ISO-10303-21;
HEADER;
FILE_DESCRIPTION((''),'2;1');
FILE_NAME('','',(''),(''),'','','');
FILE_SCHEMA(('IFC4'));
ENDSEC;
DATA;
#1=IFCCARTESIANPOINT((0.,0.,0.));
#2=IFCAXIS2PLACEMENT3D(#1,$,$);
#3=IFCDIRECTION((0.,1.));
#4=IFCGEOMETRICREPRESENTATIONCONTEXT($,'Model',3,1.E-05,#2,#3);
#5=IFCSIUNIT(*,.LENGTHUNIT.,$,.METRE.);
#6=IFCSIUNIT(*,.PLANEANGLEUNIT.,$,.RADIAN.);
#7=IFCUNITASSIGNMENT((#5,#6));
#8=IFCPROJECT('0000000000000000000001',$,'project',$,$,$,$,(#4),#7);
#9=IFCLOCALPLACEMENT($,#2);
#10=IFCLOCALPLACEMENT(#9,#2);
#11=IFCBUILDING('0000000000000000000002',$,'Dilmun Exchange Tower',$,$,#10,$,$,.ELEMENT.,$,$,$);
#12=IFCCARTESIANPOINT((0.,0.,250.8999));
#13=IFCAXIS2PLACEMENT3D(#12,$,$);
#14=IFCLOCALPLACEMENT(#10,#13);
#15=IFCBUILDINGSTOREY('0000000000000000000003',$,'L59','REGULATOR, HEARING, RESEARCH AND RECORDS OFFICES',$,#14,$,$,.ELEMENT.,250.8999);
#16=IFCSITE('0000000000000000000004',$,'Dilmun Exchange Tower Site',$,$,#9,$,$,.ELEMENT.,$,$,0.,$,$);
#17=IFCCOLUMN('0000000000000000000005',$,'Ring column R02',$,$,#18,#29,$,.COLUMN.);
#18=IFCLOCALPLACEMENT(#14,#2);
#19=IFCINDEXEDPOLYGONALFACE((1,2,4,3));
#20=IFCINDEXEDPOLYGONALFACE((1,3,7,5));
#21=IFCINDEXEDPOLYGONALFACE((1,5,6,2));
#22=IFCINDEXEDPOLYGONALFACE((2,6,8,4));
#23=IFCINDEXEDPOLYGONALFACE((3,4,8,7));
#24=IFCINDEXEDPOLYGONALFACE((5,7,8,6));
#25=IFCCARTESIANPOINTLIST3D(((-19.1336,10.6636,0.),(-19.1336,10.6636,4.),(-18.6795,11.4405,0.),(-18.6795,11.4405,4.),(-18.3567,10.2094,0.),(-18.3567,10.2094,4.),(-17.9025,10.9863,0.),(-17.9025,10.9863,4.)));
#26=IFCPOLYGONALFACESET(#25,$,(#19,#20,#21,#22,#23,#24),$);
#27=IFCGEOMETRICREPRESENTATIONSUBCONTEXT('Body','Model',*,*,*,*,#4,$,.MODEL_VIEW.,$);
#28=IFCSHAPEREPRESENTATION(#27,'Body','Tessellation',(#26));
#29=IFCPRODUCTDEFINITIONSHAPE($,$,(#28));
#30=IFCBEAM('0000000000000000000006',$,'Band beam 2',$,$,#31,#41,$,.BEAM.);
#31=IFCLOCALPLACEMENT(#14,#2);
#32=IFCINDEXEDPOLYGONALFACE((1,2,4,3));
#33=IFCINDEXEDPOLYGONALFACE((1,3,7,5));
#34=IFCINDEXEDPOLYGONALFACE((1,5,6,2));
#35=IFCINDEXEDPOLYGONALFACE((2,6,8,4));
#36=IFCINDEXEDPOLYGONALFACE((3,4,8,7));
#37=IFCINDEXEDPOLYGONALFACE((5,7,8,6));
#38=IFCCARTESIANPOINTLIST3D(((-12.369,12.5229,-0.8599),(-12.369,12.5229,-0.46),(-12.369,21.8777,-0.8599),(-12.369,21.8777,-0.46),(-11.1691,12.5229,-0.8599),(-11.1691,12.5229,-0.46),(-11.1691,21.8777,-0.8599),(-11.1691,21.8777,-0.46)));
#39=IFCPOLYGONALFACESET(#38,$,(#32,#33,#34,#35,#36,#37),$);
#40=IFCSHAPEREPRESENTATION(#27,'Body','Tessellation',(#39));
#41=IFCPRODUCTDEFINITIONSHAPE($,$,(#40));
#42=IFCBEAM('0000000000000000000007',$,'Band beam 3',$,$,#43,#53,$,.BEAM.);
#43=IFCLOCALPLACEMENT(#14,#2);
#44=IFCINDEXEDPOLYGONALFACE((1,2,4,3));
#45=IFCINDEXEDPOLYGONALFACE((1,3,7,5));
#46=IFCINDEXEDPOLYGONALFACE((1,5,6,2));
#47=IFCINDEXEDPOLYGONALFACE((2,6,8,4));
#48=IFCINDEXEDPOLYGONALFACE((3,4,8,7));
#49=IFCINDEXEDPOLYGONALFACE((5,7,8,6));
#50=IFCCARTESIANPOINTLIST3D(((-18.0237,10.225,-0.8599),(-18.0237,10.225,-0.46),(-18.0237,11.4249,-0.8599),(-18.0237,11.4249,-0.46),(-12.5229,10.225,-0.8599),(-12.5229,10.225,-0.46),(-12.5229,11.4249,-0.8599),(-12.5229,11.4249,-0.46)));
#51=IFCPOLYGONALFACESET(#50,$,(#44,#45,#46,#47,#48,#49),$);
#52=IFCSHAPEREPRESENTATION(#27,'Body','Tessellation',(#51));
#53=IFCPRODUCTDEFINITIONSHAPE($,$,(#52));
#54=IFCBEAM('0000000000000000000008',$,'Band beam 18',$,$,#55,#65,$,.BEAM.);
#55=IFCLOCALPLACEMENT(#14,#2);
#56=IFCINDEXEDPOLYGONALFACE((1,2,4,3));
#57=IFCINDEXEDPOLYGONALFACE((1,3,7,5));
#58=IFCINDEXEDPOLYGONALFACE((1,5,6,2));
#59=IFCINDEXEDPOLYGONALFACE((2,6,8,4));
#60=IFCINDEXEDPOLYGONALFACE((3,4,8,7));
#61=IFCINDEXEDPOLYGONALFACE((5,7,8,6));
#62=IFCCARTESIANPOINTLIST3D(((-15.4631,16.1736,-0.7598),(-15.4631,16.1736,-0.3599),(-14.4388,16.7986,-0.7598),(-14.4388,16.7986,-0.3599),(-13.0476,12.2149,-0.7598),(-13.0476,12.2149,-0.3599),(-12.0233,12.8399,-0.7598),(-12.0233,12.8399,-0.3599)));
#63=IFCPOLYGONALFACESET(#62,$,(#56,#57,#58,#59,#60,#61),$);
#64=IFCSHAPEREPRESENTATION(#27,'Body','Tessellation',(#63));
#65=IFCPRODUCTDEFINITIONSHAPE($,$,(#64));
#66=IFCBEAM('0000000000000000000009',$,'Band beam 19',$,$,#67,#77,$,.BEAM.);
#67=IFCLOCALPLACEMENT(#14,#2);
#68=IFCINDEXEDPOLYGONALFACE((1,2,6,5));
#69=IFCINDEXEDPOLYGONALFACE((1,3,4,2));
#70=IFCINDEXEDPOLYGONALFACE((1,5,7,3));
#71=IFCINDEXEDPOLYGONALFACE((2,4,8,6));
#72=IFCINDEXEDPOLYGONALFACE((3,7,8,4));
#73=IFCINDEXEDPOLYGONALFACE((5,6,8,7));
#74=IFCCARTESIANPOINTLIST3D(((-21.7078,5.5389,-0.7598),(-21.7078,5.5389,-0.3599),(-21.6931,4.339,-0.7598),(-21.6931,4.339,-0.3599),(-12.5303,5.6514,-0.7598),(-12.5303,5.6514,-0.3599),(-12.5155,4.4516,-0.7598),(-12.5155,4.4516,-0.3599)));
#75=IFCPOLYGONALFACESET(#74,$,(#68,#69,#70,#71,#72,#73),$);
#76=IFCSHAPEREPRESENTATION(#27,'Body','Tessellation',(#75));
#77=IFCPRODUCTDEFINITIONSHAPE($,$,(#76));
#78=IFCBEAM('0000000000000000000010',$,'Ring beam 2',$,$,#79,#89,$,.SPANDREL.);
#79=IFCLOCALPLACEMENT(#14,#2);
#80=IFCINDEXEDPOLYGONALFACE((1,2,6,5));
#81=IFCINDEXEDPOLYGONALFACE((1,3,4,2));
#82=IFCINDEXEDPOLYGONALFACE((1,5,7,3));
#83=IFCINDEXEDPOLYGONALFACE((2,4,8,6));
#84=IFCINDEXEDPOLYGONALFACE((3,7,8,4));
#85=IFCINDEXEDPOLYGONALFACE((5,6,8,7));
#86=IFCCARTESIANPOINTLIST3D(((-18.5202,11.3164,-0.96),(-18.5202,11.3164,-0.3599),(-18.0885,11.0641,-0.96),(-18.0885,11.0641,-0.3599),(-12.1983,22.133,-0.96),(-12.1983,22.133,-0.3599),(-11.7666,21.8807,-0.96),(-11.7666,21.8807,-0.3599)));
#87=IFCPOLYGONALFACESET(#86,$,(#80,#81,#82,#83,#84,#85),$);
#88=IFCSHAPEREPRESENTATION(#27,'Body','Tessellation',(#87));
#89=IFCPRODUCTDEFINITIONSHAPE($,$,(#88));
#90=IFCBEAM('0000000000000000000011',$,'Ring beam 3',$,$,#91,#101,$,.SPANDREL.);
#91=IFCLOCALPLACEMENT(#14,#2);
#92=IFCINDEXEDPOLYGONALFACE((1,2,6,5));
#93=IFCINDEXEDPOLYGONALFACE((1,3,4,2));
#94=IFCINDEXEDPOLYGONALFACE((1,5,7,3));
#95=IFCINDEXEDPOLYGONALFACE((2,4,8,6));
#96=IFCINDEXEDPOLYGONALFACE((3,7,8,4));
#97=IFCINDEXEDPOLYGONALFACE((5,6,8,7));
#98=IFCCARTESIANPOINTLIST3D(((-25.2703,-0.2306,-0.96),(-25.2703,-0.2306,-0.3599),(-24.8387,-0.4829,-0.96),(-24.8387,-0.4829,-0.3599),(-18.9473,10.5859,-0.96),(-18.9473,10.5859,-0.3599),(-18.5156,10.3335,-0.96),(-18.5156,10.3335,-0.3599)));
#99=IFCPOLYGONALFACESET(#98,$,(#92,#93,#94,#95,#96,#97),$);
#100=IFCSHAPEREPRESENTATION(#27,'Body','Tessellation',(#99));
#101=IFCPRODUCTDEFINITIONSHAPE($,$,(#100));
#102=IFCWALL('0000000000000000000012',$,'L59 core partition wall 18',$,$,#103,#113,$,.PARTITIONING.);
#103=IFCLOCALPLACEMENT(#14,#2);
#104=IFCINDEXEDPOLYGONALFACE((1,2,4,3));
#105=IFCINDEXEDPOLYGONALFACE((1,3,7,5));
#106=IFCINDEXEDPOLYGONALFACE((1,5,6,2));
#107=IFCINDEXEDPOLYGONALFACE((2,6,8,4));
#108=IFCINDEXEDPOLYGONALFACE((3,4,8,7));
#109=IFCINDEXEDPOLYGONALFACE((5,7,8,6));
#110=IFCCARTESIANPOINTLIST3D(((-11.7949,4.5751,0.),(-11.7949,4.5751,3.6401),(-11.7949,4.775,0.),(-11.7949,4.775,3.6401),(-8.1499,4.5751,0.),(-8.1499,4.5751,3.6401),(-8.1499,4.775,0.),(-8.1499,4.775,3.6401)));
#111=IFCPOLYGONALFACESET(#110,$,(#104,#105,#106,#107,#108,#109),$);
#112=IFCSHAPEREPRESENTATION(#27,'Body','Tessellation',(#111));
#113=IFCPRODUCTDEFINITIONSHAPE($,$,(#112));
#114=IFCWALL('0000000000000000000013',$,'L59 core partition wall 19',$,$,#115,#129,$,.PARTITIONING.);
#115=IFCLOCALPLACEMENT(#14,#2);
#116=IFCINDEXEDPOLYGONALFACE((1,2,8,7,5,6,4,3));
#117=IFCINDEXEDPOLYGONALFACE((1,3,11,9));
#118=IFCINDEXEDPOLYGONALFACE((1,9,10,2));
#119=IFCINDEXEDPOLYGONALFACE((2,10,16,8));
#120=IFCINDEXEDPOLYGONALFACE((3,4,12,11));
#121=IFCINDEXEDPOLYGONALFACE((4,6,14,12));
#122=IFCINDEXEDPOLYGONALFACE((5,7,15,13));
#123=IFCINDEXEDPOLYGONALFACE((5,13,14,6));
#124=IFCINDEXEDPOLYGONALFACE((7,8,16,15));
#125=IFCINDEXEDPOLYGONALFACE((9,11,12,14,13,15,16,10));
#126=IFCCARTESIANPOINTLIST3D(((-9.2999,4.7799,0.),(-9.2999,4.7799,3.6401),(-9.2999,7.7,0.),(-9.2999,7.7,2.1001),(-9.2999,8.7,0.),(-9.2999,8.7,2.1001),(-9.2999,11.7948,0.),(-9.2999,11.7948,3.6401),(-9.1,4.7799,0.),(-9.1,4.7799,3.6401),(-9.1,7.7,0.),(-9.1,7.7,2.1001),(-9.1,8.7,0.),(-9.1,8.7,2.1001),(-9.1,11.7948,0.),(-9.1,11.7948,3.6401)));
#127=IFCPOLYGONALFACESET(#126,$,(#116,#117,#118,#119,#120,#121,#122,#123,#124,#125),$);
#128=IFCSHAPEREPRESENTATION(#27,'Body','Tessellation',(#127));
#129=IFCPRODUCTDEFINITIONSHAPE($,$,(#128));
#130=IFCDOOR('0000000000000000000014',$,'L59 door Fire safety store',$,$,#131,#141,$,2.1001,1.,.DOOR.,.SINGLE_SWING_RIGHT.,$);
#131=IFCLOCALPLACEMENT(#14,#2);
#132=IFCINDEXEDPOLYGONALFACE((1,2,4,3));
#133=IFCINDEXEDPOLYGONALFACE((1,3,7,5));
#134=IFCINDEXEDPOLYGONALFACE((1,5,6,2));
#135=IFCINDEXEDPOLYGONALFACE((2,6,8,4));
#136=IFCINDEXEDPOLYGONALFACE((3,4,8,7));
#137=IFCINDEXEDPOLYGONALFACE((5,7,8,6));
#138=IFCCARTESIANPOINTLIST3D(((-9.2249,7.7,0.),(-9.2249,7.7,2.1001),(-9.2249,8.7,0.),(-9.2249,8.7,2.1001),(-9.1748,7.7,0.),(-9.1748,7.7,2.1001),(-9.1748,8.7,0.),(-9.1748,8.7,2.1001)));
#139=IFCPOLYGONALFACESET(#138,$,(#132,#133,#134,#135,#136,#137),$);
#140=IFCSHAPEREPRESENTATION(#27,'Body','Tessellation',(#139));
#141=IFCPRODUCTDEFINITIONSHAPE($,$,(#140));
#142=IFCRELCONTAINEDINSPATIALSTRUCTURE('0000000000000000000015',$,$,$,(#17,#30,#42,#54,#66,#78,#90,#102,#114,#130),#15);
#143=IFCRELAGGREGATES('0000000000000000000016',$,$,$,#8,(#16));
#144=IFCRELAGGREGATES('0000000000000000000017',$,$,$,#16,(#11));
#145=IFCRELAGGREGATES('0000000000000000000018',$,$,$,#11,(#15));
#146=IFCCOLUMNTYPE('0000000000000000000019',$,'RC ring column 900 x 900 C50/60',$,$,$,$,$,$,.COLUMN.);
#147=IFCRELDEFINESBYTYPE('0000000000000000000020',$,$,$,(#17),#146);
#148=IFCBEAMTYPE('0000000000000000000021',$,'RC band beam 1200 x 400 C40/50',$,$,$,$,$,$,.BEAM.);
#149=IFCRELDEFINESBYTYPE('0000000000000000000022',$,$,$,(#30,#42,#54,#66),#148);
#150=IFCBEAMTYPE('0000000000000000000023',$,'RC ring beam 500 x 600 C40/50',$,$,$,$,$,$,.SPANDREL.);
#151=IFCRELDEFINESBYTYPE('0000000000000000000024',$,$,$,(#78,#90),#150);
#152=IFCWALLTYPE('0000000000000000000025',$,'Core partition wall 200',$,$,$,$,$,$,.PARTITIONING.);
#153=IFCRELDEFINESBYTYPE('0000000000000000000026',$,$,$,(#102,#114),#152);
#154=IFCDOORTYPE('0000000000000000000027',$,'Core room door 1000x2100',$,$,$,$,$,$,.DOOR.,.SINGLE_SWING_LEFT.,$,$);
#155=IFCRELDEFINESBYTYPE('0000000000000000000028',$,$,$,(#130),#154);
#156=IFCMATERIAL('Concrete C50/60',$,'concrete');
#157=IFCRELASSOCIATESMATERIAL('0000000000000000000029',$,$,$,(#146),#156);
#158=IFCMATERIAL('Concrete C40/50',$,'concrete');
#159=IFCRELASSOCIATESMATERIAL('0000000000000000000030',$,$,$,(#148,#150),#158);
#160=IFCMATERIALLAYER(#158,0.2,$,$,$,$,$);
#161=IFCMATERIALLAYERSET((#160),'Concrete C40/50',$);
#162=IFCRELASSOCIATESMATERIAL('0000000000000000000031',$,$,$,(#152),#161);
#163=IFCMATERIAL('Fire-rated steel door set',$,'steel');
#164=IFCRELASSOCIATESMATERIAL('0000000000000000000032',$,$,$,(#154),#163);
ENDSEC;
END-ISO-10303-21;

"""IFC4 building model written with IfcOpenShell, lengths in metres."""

from ifc_helpers import new_model, si_unit, direction, frame, frame_2d, origin, origin_2d, place, context, subcontext, project, spatial, rectangle, extrude, material, layer, layer_set, material_profile, profile_set, type_object, element, fill, save


model = new_model("IFC4")

# Units and contexts
model_context = context("Model", 3, precision=1e-05, world=origin(), true_north=direction((0.0, 1.0)))
body_context = subcontext(model_context, "Body", "Model", "MODEL_VIEW")
ifc_project = project(units=[si_unit("LENGTHUNIT", "METRE"), si_unit("PLANEANGLEUNIT", "RADIAN")], contexts=[model_context])

# Site, building, storey
site_placement = place(None, origin())
site = spatial("IfcSite", under=ifc_project, at=site_placement, Name="Dilmun Exchange Tower Site", CompositionType="ELEMENT", RefElevation=0.0)
building_placement = place(site_placement, origin())
building = spatial("IfcBuilding", under=site, at=building_placement, Name="Dilmun Exchange Tower", CompositionType="ELEMENT")
storey_placement = place(building_placement, frame((0.0, 0.0, 250.8999)))
storey = spatial("IfcBuildingStorey", under=building, at=storey_placement, Name="L59", Description="REGULATOR, HEARING, RESEARCH AND RECORDS OFFICES", CompositionType="ELEMENT", Elevation=250.8999)

# Column
ifc_material_1 = material(Name="Concrete C50/60", Category="concrete")
ifc_material_profile_1 = material_profile(ifc_material_1, rectangle(XDim=0.8999, YDim=0.8999, at=origin_2d()), Name="900 x 900")
ifc_profile_set_1 = profile_set([ifc_material_profile_1], Name="Concrete C50/60")
column_type = type_object("IfcColumnType", Name="RC ring column 900 x 900 C50/60", PredefinedType="COLUMN", material=ifc_profile_set_1)
column_placement = place(storey_placement, frame((-18.5181, 10.825, 0.0), z_axis=(0.0, 0.0, 1.0), x_axis=(0.504644, 0.863328, 0.0)))
element("IfcColumn", 1, at=column_placement, inside=storey, type_object=column_type, Name="Ring column R02", PredefinedType="COLUMN", context=body_context, shape_type="SweptSolid", body=[
    extrude(rectangle(XDim=0.8999, YDim=0.8999, at=origin_2d()), origin(), (0.0, 0.0, 1.0), 4.0),
])

# Beams
ifc_material_2 = material(Name="Concrete C40/50", Category="concrete")
ifc_material_profile_2 = material_profile(ifc_material_2, rectangle(XDim=1.2, YDim=0.3999, at=origin_2d()), Name="1200 x 400")
ifc_profile_set_2 = profile_set([ifc_material_profile_2], Name="Concrete C40/50")
beam_type_1 = type_object("IfcBeamType", Name="RC band beam 1200 x 400 C40/50", PredefinedType="BEAM", material=ifc_profile_set_2)
beam_1_placement = place(storey_placement, frame((-11.769, 21.8777, -0.6599), z_axis=(0.0, -1.0, 0.0), x_axis=(1.0, 0.0, 0.0)))
element("IfcBeam", 2, at=beam_1_placement, inside=storey, type_object=beam_type_1, Name="Band beam 2", PredefinedType="BEAM", context=body_context, shape_type="SweptSolid", body=[
    extrude(rectangle(XDim=1.2, YDim=0.3999, at=origin_2d()), origin(), (0.0, 0.0, 1.0), 9.3547),
])
beam_2_placement = place(storey_placement, frame((-18.0237, 10.825, -0.6599), z_axis=(1.0, 0.0, 0.0), x_axis=(0.0, 1.0, 0.0)))
element("IfcBeam", 3, at=beam_2_placement, inside=storey, type_object=beam_type_1, Name="Band beam 3", PredefinedType="BEAM", context=body_context, shape_type="SweptSolid", body=[
    extrude(rectangle(XDim=1.2, YDim=0.3999, at=origin_2d()), origin(), (0.0, 0.0, 1.0), 5.5007),
])
beam_3_placement = place(storey_placement, frame((-14.9509, 16.4861, -0.5598), z_axis=(0.520869, -0.853637, 0.0), x_axis=(0.853637, 0.520869, 0.0)))
element("IfcBeam", 4, at=beam_3_placement, inside=storey, type_object=beam_type_1, Name="Band beam 18", PredefinedType="BEAM", context=body_context, shape_type="SweptSolid", body=[
    extrude(rectangle(XDim=1.2, YDim=0.3999, at=origin_2d()), origin(), (0.0, 0.0, 1.0), 4.6375),
])
beam_4_placement = place(storey_placement, frame((-21.7004, 4.939, -0.5598), z_axis=(0.999925, 0.012263, 0.0), x_axis=(-0.012263, 0.999925, 0.0)))
element("IfcBeam", 5, at=beam_4_placement, inside=storey, type_object=beam_type_1, Name="Band beam 19", PredefinedType="BEAM", context=body_context, shape_type="SweptSolid", body=[
    extrude(rectangle(XDim=1.2, YDim=0.3999, at=origin_2d()), origin(), (0.0, 0.0, 1.0), 9.1782),
])
ifc_material_profile_3 = material_profile(ifc_material_2, rectangle(XDim=0.5, YDim=0.6001, at=origin_2d()), Name="500 x 600")
ifc_profile_set_3 = profile_set([ifc_material_profile_3], Name="Concrete C40/50")
beam_type_2 = type_object("IfcBeamType", Name="RC ring beam 500 x 600 C40/50", PredefinedType="SPANDREL", material=ifc_profile_set_3)
beam_5_placement = place(storey_placement, frame((-11.9824, 22.0068, -0.6599), z_axis=(-0.504604, -0.863351, 0.0), x_axis=(0.863351, -0.504604, 0.0)))
element("IfcBeam", 6, at=beam_5_placement, inside=storey, type_object=beam_type_2, Name="Ring beam 2", PredefinedType="SPANDREL", context=body_context, shape_type="SweptSolid", body=[
    extrude(rectangle(XDim=0.5, YDim=0.6001, at=origin_2d()), origin(), (0.0, 0.0, 1.0), 12.5286),
])
beam_6_placement = place(storey_placement, frame((-18.7314, 10.4597, -0.6599), z_axis=(-0.50467, -0.863312, 0.0), x_axis=(0.863312, -0.50467, 0.0)))
element("IfcBeam", 7, at=beam_6_placement, inside=storey, type_object=beam_type_2, Name="Ring beam 3", PredefinedType="SPANDREL", context=body_context, shape_type="SweptSolid", body=[
    extrude(rectangle(XDim=0.5, YDim=0.6001, at=origin_2d()), origin(), (0.0, 0.0, 1.0), 12.5291),
])

# Wall
ifc_layer_1 = layer(ifc_material_2, 0.2)
ifc_layer_set_1 = layer_set([ifc_layer_1], Name="Concrete C40/50")
wall_type_1 = type_object("IfcWallType", Name="Core partition wall 200", PredefinedType="PARTITIONING", material=ifc_layer_set_1)
wall_1_placement = place(storey_placement, frame((-11.7949, 4.675, 0.0), z_axis=(0.0, 0.0, 1.0), x_axis=(1.0, 0.0, 0.0)))
element("IfcWall", 8, at=wall_1_placement, inside=storey, type_object=wall_type_1, Name="L59 core partition wall 18", PredefinedType="PARTITIONING", context=body_context, shape_type="SweptSolid", body=[
    extrude(rectangle(XDim=3.645, YDim=0.2, at=frame_2d((1.8225, 0.0))), origin(), (0.0, 0.0, 1.0), 3.6401),
])

# Wall, opening, door
wall_2_placement = place(storey_placement, frame((-9.2, 4.78, 0.0), z_axis=(0.0, 0.0, 1.0), x_axis=(0.0, 1.0, 0.0)))
wall_2 = element("IfcWall", 9, at=wall_2_placement, inside=storey, type_object=wall_type_1, Name="L59 core partition wall 19", PredefinedType="PARTITIONING", context=body_context, shape_type="SweptSolid", body=[
    extrude(rectangle(XDim=7.0149, YDim=0.2, at=frame_2d((3.5073, 0.0))), origin(), (0.0, 0.0, 1.0), 3.6401),
])
opening_1_placement = place(wall_2_placement, frame((2.9199, 0.0, 0.0)))
opening_1 = element("IfcOpeningElement", 10, at=opening_1_placement, cuts=wall_2, PredefinedType="OPENING", context=body_context, shape_type="SweptSolid", body=[
    extrude(rectangle(XDim=1.0, YDim=2.1001, at=frame_2d((0.5, 1.05))), frame((0.0, 0.1099, 0.0), z_axis=(0.0, -1.0, 0.0), x_axis=(1.0, 0.0, 0.0)), (0.0, 0.0, 1.0), 0.22),
])
ifc_material_3 = material(Name="Fire-rated steel door set", Category="steel")
door_type_1 = type_object("IfcDoorType", Name="Core room door 1000x2100", OperationType="SINGLE_SWING_LEFT", PredefinedType="DOOR", material=ifc_material_3)
door_1_placement = place(opening_1_placement, origin())
door_1 = element("IfcDoor", 11, at=door_1_placement, inside=storey, type_object=door_type_1, Name="L59 door Fire safety store", OperationType="SINGLE_SWING_RIGHT", OverallHeight=2.1001, OverallWidth=1.0, PredefinedType="DOOR", context=body_context, shape_type="SweptSolid", body=[
    extrude(rectangle(XDim=1.0, YDim=2.1001, at=frame_2d((0.5, 1.05))), frame((0.0, 0.0249, 0.0), z_axis=(0.0, -1.0, 0.0), x_axis=(1.0, 0.0, 0.0)), (0.0, 0.0, 1.0), 0.05),
])
fill(opening_1, door_1)

save(model, "model.ifc")
